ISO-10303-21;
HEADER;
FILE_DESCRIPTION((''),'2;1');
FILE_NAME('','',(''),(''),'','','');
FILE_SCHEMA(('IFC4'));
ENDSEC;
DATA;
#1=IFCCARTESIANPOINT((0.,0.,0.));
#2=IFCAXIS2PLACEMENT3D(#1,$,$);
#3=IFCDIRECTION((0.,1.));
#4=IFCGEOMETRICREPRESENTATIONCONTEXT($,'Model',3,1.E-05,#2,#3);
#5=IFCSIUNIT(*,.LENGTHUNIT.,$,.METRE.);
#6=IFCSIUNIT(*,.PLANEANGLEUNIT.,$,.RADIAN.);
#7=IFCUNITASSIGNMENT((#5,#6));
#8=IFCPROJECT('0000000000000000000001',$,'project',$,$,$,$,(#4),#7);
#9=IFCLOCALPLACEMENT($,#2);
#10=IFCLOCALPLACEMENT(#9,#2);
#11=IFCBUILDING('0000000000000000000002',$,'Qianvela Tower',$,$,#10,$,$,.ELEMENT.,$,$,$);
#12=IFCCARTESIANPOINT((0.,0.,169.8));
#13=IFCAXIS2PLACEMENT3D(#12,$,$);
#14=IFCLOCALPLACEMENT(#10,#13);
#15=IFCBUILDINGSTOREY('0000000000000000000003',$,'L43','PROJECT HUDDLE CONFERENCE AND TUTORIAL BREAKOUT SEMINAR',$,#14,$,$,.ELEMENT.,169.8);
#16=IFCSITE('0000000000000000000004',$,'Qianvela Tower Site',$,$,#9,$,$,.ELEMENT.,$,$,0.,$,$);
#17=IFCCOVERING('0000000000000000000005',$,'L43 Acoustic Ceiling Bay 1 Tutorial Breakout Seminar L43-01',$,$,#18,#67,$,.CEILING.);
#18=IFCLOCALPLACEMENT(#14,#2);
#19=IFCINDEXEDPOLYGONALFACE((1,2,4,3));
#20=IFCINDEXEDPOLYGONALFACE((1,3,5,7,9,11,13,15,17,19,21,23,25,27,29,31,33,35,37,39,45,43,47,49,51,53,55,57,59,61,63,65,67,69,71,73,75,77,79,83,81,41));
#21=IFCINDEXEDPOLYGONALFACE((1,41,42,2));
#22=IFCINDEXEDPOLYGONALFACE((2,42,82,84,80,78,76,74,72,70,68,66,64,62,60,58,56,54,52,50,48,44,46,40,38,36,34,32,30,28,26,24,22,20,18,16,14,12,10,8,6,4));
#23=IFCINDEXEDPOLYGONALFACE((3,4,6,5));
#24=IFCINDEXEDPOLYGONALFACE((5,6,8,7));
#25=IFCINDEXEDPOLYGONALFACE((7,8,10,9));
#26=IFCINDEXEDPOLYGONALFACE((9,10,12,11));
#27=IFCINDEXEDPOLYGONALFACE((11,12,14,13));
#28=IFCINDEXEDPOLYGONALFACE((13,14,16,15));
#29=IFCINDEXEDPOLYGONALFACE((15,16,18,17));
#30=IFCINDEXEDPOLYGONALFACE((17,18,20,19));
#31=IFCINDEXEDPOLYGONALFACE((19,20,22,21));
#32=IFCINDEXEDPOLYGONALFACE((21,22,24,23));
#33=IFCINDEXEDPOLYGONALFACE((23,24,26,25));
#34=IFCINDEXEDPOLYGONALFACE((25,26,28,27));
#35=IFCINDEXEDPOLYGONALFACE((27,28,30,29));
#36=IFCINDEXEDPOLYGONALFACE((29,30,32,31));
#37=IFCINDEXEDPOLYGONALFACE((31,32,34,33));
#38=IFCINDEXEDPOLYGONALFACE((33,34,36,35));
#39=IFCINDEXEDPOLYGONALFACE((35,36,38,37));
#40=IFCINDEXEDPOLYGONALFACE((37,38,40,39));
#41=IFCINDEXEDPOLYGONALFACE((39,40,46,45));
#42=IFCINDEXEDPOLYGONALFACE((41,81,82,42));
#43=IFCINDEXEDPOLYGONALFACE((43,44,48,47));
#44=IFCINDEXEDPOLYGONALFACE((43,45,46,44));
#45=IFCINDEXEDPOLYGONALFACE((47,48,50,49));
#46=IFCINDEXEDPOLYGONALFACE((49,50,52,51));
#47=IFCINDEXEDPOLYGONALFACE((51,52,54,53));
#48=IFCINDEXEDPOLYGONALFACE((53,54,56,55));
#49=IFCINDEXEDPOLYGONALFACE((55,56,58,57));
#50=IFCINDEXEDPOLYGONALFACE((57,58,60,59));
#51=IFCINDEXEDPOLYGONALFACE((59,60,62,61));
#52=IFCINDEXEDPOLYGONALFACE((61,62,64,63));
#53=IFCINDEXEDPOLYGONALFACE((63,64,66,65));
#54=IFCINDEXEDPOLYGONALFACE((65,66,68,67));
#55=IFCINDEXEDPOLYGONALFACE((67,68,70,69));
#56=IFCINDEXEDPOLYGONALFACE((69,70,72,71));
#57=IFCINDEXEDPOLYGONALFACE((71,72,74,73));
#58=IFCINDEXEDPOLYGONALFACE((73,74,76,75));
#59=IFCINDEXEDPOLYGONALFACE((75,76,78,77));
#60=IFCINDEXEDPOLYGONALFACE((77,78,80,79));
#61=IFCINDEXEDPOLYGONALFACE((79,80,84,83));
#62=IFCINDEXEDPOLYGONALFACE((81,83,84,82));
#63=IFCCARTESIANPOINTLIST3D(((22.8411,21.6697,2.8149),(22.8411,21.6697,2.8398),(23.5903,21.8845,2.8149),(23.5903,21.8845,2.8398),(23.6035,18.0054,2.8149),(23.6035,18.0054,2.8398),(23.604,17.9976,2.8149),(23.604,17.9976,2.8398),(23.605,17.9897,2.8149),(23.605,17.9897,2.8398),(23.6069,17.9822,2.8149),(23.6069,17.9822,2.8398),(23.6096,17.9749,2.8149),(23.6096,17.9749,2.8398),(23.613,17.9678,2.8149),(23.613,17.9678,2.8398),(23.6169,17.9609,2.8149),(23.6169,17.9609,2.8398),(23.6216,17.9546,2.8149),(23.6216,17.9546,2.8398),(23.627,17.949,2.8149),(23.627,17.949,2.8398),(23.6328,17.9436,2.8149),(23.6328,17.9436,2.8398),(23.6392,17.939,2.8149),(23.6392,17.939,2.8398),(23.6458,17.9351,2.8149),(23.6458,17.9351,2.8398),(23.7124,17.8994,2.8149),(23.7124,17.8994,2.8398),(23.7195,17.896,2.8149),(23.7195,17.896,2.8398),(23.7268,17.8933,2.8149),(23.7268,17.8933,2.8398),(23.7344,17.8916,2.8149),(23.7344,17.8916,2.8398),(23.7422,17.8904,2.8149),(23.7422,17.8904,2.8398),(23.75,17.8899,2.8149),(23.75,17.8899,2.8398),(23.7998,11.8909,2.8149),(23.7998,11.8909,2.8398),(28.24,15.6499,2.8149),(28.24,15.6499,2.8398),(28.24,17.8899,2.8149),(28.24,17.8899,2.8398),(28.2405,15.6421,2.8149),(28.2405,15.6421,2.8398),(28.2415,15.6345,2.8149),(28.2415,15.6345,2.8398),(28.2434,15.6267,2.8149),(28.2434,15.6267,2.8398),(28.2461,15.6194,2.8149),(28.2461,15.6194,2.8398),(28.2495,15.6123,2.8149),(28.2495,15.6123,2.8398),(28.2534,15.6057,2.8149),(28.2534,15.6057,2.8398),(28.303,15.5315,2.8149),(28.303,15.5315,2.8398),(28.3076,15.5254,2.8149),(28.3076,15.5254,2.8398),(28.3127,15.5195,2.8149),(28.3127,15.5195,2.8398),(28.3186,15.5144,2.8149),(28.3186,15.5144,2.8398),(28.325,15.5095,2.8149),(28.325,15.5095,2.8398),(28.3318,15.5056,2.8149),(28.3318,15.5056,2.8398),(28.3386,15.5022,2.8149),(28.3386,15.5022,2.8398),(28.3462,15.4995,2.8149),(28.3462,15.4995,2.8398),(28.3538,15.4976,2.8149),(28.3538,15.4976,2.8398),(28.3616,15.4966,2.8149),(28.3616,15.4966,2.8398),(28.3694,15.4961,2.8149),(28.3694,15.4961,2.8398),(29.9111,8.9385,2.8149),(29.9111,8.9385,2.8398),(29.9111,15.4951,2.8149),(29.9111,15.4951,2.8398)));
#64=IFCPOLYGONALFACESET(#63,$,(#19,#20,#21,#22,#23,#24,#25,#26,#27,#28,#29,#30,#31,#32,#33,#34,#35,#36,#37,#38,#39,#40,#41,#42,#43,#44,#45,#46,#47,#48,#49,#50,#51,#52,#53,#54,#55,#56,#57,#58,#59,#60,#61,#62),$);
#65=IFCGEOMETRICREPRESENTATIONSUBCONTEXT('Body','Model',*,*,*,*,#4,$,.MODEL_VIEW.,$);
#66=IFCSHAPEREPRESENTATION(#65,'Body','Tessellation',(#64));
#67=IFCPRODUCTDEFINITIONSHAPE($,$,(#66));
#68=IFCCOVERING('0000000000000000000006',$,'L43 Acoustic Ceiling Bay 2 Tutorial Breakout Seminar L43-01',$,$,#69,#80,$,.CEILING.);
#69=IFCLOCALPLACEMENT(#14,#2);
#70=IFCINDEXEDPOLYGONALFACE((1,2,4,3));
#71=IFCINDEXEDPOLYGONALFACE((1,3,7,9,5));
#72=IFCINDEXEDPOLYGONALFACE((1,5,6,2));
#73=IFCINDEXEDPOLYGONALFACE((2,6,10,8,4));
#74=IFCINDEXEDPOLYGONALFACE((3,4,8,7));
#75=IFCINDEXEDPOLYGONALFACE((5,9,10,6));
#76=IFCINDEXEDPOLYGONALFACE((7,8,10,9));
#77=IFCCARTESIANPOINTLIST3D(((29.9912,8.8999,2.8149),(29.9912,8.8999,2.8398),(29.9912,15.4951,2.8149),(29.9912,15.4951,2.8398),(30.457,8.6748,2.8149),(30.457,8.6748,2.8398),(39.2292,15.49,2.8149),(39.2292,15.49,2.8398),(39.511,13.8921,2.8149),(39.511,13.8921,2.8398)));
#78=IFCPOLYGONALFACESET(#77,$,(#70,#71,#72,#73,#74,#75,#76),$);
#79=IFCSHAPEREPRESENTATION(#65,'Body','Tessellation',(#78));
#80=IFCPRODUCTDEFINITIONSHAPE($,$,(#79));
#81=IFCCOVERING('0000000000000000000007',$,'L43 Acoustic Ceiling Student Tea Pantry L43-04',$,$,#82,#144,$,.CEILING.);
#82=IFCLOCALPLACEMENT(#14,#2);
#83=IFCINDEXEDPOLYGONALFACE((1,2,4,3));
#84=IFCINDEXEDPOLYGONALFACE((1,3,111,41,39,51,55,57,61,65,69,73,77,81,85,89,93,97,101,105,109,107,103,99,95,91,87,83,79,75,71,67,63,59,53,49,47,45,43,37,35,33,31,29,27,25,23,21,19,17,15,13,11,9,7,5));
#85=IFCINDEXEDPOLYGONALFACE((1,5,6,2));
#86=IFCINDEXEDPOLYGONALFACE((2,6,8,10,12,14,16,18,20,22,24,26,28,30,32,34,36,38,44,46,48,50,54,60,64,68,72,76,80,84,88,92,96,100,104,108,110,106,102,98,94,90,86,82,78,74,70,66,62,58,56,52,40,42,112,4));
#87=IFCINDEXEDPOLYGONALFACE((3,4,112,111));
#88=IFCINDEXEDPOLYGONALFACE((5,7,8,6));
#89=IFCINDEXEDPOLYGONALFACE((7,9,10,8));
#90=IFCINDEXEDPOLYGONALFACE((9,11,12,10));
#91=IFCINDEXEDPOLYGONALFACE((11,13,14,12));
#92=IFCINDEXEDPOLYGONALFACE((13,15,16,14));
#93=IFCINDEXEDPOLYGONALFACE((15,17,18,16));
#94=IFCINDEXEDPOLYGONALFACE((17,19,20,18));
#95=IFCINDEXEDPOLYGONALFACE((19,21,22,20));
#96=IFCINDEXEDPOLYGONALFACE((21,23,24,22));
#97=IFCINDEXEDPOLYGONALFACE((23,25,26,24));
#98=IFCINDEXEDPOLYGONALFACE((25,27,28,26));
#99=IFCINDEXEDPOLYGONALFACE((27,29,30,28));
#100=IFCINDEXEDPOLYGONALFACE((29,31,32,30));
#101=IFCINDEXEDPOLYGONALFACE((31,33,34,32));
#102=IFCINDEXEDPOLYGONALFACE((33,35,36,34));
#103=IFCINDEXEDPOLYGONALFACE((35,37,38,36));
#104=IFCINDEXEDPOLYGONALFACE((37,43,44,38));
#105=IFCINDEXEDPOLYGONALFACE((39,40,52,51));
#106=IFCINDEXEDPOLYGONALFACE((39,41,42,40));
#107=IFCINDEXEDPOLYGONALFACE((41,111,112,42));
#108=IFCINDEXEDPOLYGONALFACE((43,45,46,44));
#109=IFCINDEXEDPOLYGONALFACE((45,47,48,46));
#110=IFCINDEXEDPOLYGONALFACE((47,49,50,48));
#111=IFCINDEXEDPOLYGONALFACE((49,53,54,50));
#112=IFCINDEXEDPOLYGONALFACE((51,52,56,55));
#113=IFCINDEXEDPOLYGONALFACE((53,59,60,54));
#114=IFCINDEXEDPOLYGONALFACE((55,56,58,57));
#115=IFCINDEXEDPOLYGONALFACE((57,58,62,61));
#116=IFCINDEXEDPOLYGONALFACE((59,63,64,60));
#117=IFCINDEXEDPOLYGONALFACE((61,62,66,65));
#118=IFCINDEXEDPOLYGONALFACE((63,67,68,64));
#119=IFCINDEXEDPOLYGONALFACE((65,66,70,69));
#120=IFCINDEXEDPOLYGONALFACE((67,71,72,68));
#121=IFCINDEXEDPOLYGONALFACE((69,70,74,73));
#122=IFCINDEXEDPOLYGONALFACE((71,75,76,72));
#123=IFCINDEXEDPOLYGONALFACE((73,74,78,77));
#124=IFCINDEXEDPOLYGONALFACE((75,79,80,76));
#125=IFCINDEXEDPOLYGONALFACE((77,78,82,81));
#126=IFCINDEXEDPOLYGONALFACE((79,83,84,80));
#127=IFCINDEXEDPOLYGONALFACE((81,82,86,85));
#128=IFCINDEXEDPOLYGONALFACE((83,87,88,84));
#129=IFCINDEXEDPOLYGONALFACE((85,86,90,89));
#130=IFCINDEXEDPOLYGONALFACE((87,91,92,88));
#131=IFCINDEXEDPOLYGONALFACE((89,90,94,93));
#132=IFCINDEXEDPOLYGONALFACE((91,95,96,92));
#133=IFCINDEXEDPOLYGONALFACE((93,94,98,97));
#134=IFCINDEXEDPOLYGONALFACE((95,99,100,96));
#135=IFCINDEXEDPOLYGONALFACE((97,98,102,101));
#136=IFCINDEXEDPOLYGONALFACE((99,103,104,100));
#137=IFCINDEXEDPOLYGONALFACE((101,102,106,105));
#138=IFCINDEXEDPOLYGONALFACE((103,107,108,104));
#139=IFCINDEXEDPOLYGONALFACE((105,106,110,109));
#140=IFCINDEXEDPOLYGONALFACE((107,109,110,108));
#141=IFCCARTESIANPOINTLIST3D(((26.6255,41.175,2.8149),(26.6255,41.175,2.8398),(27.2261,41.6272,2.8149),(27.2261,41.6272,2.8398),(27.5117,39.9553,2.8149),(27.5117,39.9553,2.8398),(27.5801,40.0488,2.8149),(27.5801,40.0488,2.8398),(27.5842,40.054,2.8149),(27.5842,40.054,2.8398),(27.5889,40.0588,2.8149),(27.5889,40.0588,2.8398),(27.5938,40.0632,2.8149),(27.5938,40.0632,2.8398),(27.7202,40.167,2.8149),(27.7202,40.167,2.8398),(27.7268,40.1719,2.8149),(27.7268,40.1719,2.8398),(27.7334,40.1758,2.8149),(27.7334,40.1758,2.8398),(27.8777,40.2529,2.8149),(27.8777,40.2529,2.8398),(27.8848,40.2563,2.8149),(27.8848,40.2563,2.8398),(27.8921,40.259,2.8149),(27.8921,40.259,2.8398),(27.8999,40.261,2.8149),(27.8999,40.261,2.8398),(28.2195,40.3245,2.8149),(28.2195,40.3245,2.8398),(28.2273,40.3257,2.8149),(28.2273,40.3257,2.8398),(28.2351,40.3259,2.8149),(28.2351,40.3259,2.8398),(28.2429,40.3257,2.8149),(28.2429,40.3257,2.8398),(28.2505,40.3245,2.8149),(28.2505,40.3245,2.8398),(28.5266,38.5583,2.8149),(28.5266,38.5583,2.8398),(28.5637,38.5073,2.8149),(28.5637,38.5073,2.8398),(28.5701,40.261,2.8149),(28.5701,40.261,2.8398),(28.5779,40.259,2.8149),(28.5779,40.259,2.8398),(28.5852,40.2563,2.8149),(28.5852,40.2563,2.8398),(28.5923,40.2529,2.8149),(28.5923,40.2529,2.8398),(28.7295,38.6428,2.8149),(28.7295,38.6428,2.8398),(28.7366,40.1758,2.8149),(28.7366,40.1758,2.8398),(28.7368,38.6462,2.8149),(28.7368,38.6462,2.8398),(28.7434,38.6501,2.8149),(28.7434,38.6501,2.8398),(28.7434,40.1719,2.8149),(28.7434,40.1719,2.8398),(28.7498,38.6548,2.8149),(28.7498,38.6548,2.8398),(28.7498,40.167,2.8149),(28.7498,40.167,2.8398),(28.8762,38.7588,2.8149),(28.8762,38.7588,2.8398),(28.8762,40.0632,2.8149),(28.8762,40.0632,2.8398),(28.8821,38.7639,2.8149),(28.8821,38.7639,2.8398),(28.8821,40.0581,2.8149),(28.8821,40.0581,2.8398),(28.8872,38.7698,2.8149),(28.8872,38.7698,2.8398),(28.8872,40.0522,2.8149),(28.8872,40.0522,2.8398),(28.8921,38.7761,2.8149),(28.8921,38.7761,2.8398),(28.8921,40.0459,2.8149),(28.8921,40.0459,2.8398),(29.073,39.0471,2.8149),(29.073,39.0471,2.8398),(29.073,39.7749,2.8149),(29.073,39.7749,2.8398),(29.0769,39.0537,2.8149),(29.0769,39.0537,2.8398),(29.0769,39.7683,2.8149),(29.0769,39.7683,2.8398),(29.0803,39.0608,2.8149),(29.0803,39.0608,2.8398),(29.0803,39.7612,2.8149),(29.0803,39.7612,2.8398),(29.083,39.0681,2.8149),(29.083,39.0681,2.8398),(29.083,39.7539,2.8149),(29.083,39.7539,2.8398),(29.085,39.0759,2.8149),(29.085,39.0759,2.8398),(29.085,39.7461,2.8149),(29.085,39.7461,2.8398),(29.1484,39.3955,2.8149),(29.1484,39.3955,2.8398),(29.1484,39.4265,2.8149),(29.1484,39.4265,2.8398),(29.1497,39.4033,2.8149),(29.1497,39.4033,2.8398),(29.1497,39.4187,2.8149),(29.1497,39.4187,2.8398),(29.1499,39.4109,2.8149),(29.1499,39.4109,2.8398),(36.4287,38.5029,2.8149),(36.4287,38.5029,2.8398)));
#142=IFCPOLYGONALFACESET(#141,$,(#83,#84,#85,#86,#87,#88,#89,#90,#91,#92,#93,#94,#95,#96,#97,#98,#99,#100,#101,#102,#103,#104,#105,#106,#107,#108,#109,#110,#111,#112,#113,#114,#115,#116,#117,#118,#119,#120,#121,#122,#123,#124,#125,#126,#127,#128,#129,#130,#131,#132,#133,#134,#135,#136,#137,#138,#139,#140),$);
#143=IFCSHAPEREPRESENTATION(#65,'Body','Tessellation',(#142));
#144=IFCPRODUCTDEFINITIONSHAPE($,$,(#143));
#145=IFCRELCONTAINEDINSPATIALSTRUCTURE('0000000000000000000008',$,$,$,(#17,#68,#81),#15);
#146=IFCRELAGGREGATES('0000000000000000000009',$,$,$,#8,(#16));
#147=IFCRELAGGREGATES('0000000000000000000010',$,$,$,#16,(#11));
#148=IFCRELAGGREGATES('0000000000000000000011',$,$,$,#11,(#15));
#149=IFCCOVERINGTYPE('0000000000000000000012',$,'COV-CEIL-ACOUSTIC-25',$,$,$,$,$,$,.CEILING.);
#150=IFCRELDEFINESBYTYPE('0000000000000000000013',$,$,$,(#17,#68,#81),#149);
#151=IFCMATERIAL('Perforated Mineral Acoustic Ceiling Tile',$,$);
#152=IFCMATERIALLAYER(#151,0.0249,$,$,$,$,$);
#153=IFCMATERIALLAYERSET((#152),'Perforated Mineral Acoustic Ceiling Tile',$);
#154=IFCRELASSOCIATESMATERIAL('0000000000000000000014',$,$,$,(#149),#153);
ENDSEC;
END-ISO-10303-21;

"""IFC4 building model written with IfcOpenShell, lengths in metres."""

from ifc_helpers import new_model, si_unit, direction, frame, origin, place, context, subcontext, project, spatial, polyline, outline, extrude, material, layer, layer_set, type_object, element, save


model = new_model("IFC4")

# Units and contexts
model_context = context("Model", 3, precision=1e-05, world=origin(), true_north=direction((0.0, 1.0)))
body_context = subcontext(model_context, "Body", "Model", "MODEL_VIEW")
ifc_project = project(units=[si_unit("LENGTHUNIT", "METRE"), si_unit("PLANEANGLEUNIT", "RADIAN")], contexts=[model_context])

# Site, building, storey
site_placement = place(None, origin())
site = spatial("IfcSite", under=ifc_project, at=site_placement, Name="Qianvela Tower Site", CompositionType="ELEMENT", RefElevation=0.0)
building_placement = place(site_placement, origin())
building = spatial("IfcBuilding", under=site, at=building_placement, Name="Qianvela Tower", CompositionType="ELEMENT")
storey_placement = place(building_placement, frame((0.0, 0.0, 169.8)))
storey = spatial("IfcBuildingStorey", under=building, at=storey_placement, Name="L43", Description="PROJECT HUDDLE CONFERENCE AND TUTORIAL BREAKOUT SEMINAR", CompositionType="ELEMENT", Elevation=169.8)

# Coverings
ifc_material_1 = material(Name="Perforated Mineral Acoustic Ceiling Tile")
ifc_layer_1 = layer(ifc_material_1, 0.0249)
ifc_layer_set_1 = layer_set([ifc_layer_1], Name="Perforated Mineral Acoustic Ceiling Tile")
covering_type_1 = type_object("IfcCoveringType", Name="COV-CEIL-ACOUSTIC-25", PredefinedType="CEILING", material=ifc_layer_set_1)
covering_1_placement = place(storey_placement, frame((0.0, 0.0, 2.8149)))
element("IfcCovering", 1, at=covering_1_placement, inside=storey, type_object=covering_type_1, Name="L43 Acoustic Ceiling Bay 1 Tutorial Breakout Seminar L43-01", PredefinedType="CEILING", context=body_context, shape_type="SweptSolid", body=[
    extrude(outline(polyline([(23.5903, 21.8845), (23.6035, 18.0054), (23.604, 17.9976), (23.605, 17.9897), (23.6069, 17.9822), (23.6096, 17.9749), (23.613, 17.9678), (23.6169, 17.9609), (23.6216, 17.9546), (23.627, 17.949), (23.6328, 17.9436), (23.6392, 17.939), (23.6458, 17.9351), (23.7124, 17.8994), (23.7195, 17.896), (23.7268, 17.8933), (23.7344, 17.8916), (23.7422, 17.8904), (23.75, 17.8899), (28.24, 17.8899), (28.24, 15.6499), (28.2405, 15.6421), (28.2415, 15.6345), (28.2434, 15.6267), (28.2461, 15.6194), (28.2495, 15.6123), (28.2534, 15.6057), (28.303, 15.5315), (28.3076, 15.5254), (28.3127, 15.5195), (28.3186, 15.5144), (28.325, 15.5095), (28.3318, 15.5056), (28.3386, 15.5022), (28.3462, 15.4995), (28.3538, 15.4976), (28.3616, 15.4966), (28.3694, 15.4961), (29.9111, 15.4951), (29.9111, 8.9385), (23.7998, 11.8909), (22.8411, 21.6697), (23.5903, 21.8845)])), origin(), (0.0, 0.0, 1.0), 0.0249),
])
covering_2_placement = place(storey_placement, frame((0.0, 0.0, 2.8149)))
element("IfcCovering", 2, at=covering_2_placement, inside=storey, type_object=covering_type_1, Name="L43 Acoustic Ceiling Bay 2 Tutorial Breakout Seminar L43-01", PredefinedType="CEILING", context=body_context, shape_type="SweptSolid", body=[
    extrude(outline(polyline([(39.2292, 15.49), (39.511, 13.8921), (30.457, 8.6748), (29.9912, 8.8999), (29.9912, 15.4951), (39.2292, 15.49)])), origin(), (0.0, 0.0, 1.0), 0.0249),
])
covering_3_placement = place(storey_placement, frame((0.0, 0.0, 2.8149)))
element("IfcCovering", 3, at=covering_3_placement, inside=storey, type_object=covering_type_1, Name="L43 Acoustic Ceiling Student Tea Pantry L43-04", PredefinedType="CEILING", context=body_context, shape_type="SweptSolid", body=[
    extrude(outline(polyline([(28.5637, 38.5073), (28.5266, 38.5583), (28.7295, 38.6428), (28.7368, 38.6462), (28.7434, 38.6501), (28.7498, 38.6548), (28.8762, 38.7588), (28.8821, 38.7639), (28.8872, 38.7698), (28.8921, 38.7761), (29.073, 39.0471), (29.0769, 39.0537), (29.0803, 39.0608), (29.083, 39.0681), (29.085, 39.0759), (29.1484, 39.3955), (29.1497, 39.4033), (29.1499, 39.4109), (29.1497, 39.4187), (29.1484, 39.4265), (29.085, 39.7461), (29.083, 39.7539), (29.0803, 39.7612), (29.0769, 39.7683), (29.073, 39.7749), (28.8921, 40.0459), (28.8872, 40.0522), (28.8821, 40.0581), (28.8762, 40.0632), (28.7498, 40.167), (28.7434, 40.1719), (28.7366, 40.1758), (28.5923, 40.2529), (28.5852, 40.2563), (28.5779, 40.259), (28.5701, 40.261), (28.2505, 40.3245), (28.2429, 40.3257), (28.2351, 40.3259), (28.2273, 40.3257), (28.2195, 40.3245), (27.8999, 40.261), (27.8921, 40.259), (27.8848, 40.2563), (27.8777, 40.2529), (27.7334, 40.1758), (27.7268, 40.1719), (27.7202, 40.167), (27.5938, 40.0632), (27.5889, 40.0588), (27.5842, 40.054), (27.5801, 40.0488), (27.5117, 39.9553), (26.6255, 41.175), (27.2261, 41.6272), (36.4287, 38.5029), (28.5637, 38.5073)])), origin(), (0.0, 0.0, 1.0), 0.0249),
])

save(model, "model.ifc")
